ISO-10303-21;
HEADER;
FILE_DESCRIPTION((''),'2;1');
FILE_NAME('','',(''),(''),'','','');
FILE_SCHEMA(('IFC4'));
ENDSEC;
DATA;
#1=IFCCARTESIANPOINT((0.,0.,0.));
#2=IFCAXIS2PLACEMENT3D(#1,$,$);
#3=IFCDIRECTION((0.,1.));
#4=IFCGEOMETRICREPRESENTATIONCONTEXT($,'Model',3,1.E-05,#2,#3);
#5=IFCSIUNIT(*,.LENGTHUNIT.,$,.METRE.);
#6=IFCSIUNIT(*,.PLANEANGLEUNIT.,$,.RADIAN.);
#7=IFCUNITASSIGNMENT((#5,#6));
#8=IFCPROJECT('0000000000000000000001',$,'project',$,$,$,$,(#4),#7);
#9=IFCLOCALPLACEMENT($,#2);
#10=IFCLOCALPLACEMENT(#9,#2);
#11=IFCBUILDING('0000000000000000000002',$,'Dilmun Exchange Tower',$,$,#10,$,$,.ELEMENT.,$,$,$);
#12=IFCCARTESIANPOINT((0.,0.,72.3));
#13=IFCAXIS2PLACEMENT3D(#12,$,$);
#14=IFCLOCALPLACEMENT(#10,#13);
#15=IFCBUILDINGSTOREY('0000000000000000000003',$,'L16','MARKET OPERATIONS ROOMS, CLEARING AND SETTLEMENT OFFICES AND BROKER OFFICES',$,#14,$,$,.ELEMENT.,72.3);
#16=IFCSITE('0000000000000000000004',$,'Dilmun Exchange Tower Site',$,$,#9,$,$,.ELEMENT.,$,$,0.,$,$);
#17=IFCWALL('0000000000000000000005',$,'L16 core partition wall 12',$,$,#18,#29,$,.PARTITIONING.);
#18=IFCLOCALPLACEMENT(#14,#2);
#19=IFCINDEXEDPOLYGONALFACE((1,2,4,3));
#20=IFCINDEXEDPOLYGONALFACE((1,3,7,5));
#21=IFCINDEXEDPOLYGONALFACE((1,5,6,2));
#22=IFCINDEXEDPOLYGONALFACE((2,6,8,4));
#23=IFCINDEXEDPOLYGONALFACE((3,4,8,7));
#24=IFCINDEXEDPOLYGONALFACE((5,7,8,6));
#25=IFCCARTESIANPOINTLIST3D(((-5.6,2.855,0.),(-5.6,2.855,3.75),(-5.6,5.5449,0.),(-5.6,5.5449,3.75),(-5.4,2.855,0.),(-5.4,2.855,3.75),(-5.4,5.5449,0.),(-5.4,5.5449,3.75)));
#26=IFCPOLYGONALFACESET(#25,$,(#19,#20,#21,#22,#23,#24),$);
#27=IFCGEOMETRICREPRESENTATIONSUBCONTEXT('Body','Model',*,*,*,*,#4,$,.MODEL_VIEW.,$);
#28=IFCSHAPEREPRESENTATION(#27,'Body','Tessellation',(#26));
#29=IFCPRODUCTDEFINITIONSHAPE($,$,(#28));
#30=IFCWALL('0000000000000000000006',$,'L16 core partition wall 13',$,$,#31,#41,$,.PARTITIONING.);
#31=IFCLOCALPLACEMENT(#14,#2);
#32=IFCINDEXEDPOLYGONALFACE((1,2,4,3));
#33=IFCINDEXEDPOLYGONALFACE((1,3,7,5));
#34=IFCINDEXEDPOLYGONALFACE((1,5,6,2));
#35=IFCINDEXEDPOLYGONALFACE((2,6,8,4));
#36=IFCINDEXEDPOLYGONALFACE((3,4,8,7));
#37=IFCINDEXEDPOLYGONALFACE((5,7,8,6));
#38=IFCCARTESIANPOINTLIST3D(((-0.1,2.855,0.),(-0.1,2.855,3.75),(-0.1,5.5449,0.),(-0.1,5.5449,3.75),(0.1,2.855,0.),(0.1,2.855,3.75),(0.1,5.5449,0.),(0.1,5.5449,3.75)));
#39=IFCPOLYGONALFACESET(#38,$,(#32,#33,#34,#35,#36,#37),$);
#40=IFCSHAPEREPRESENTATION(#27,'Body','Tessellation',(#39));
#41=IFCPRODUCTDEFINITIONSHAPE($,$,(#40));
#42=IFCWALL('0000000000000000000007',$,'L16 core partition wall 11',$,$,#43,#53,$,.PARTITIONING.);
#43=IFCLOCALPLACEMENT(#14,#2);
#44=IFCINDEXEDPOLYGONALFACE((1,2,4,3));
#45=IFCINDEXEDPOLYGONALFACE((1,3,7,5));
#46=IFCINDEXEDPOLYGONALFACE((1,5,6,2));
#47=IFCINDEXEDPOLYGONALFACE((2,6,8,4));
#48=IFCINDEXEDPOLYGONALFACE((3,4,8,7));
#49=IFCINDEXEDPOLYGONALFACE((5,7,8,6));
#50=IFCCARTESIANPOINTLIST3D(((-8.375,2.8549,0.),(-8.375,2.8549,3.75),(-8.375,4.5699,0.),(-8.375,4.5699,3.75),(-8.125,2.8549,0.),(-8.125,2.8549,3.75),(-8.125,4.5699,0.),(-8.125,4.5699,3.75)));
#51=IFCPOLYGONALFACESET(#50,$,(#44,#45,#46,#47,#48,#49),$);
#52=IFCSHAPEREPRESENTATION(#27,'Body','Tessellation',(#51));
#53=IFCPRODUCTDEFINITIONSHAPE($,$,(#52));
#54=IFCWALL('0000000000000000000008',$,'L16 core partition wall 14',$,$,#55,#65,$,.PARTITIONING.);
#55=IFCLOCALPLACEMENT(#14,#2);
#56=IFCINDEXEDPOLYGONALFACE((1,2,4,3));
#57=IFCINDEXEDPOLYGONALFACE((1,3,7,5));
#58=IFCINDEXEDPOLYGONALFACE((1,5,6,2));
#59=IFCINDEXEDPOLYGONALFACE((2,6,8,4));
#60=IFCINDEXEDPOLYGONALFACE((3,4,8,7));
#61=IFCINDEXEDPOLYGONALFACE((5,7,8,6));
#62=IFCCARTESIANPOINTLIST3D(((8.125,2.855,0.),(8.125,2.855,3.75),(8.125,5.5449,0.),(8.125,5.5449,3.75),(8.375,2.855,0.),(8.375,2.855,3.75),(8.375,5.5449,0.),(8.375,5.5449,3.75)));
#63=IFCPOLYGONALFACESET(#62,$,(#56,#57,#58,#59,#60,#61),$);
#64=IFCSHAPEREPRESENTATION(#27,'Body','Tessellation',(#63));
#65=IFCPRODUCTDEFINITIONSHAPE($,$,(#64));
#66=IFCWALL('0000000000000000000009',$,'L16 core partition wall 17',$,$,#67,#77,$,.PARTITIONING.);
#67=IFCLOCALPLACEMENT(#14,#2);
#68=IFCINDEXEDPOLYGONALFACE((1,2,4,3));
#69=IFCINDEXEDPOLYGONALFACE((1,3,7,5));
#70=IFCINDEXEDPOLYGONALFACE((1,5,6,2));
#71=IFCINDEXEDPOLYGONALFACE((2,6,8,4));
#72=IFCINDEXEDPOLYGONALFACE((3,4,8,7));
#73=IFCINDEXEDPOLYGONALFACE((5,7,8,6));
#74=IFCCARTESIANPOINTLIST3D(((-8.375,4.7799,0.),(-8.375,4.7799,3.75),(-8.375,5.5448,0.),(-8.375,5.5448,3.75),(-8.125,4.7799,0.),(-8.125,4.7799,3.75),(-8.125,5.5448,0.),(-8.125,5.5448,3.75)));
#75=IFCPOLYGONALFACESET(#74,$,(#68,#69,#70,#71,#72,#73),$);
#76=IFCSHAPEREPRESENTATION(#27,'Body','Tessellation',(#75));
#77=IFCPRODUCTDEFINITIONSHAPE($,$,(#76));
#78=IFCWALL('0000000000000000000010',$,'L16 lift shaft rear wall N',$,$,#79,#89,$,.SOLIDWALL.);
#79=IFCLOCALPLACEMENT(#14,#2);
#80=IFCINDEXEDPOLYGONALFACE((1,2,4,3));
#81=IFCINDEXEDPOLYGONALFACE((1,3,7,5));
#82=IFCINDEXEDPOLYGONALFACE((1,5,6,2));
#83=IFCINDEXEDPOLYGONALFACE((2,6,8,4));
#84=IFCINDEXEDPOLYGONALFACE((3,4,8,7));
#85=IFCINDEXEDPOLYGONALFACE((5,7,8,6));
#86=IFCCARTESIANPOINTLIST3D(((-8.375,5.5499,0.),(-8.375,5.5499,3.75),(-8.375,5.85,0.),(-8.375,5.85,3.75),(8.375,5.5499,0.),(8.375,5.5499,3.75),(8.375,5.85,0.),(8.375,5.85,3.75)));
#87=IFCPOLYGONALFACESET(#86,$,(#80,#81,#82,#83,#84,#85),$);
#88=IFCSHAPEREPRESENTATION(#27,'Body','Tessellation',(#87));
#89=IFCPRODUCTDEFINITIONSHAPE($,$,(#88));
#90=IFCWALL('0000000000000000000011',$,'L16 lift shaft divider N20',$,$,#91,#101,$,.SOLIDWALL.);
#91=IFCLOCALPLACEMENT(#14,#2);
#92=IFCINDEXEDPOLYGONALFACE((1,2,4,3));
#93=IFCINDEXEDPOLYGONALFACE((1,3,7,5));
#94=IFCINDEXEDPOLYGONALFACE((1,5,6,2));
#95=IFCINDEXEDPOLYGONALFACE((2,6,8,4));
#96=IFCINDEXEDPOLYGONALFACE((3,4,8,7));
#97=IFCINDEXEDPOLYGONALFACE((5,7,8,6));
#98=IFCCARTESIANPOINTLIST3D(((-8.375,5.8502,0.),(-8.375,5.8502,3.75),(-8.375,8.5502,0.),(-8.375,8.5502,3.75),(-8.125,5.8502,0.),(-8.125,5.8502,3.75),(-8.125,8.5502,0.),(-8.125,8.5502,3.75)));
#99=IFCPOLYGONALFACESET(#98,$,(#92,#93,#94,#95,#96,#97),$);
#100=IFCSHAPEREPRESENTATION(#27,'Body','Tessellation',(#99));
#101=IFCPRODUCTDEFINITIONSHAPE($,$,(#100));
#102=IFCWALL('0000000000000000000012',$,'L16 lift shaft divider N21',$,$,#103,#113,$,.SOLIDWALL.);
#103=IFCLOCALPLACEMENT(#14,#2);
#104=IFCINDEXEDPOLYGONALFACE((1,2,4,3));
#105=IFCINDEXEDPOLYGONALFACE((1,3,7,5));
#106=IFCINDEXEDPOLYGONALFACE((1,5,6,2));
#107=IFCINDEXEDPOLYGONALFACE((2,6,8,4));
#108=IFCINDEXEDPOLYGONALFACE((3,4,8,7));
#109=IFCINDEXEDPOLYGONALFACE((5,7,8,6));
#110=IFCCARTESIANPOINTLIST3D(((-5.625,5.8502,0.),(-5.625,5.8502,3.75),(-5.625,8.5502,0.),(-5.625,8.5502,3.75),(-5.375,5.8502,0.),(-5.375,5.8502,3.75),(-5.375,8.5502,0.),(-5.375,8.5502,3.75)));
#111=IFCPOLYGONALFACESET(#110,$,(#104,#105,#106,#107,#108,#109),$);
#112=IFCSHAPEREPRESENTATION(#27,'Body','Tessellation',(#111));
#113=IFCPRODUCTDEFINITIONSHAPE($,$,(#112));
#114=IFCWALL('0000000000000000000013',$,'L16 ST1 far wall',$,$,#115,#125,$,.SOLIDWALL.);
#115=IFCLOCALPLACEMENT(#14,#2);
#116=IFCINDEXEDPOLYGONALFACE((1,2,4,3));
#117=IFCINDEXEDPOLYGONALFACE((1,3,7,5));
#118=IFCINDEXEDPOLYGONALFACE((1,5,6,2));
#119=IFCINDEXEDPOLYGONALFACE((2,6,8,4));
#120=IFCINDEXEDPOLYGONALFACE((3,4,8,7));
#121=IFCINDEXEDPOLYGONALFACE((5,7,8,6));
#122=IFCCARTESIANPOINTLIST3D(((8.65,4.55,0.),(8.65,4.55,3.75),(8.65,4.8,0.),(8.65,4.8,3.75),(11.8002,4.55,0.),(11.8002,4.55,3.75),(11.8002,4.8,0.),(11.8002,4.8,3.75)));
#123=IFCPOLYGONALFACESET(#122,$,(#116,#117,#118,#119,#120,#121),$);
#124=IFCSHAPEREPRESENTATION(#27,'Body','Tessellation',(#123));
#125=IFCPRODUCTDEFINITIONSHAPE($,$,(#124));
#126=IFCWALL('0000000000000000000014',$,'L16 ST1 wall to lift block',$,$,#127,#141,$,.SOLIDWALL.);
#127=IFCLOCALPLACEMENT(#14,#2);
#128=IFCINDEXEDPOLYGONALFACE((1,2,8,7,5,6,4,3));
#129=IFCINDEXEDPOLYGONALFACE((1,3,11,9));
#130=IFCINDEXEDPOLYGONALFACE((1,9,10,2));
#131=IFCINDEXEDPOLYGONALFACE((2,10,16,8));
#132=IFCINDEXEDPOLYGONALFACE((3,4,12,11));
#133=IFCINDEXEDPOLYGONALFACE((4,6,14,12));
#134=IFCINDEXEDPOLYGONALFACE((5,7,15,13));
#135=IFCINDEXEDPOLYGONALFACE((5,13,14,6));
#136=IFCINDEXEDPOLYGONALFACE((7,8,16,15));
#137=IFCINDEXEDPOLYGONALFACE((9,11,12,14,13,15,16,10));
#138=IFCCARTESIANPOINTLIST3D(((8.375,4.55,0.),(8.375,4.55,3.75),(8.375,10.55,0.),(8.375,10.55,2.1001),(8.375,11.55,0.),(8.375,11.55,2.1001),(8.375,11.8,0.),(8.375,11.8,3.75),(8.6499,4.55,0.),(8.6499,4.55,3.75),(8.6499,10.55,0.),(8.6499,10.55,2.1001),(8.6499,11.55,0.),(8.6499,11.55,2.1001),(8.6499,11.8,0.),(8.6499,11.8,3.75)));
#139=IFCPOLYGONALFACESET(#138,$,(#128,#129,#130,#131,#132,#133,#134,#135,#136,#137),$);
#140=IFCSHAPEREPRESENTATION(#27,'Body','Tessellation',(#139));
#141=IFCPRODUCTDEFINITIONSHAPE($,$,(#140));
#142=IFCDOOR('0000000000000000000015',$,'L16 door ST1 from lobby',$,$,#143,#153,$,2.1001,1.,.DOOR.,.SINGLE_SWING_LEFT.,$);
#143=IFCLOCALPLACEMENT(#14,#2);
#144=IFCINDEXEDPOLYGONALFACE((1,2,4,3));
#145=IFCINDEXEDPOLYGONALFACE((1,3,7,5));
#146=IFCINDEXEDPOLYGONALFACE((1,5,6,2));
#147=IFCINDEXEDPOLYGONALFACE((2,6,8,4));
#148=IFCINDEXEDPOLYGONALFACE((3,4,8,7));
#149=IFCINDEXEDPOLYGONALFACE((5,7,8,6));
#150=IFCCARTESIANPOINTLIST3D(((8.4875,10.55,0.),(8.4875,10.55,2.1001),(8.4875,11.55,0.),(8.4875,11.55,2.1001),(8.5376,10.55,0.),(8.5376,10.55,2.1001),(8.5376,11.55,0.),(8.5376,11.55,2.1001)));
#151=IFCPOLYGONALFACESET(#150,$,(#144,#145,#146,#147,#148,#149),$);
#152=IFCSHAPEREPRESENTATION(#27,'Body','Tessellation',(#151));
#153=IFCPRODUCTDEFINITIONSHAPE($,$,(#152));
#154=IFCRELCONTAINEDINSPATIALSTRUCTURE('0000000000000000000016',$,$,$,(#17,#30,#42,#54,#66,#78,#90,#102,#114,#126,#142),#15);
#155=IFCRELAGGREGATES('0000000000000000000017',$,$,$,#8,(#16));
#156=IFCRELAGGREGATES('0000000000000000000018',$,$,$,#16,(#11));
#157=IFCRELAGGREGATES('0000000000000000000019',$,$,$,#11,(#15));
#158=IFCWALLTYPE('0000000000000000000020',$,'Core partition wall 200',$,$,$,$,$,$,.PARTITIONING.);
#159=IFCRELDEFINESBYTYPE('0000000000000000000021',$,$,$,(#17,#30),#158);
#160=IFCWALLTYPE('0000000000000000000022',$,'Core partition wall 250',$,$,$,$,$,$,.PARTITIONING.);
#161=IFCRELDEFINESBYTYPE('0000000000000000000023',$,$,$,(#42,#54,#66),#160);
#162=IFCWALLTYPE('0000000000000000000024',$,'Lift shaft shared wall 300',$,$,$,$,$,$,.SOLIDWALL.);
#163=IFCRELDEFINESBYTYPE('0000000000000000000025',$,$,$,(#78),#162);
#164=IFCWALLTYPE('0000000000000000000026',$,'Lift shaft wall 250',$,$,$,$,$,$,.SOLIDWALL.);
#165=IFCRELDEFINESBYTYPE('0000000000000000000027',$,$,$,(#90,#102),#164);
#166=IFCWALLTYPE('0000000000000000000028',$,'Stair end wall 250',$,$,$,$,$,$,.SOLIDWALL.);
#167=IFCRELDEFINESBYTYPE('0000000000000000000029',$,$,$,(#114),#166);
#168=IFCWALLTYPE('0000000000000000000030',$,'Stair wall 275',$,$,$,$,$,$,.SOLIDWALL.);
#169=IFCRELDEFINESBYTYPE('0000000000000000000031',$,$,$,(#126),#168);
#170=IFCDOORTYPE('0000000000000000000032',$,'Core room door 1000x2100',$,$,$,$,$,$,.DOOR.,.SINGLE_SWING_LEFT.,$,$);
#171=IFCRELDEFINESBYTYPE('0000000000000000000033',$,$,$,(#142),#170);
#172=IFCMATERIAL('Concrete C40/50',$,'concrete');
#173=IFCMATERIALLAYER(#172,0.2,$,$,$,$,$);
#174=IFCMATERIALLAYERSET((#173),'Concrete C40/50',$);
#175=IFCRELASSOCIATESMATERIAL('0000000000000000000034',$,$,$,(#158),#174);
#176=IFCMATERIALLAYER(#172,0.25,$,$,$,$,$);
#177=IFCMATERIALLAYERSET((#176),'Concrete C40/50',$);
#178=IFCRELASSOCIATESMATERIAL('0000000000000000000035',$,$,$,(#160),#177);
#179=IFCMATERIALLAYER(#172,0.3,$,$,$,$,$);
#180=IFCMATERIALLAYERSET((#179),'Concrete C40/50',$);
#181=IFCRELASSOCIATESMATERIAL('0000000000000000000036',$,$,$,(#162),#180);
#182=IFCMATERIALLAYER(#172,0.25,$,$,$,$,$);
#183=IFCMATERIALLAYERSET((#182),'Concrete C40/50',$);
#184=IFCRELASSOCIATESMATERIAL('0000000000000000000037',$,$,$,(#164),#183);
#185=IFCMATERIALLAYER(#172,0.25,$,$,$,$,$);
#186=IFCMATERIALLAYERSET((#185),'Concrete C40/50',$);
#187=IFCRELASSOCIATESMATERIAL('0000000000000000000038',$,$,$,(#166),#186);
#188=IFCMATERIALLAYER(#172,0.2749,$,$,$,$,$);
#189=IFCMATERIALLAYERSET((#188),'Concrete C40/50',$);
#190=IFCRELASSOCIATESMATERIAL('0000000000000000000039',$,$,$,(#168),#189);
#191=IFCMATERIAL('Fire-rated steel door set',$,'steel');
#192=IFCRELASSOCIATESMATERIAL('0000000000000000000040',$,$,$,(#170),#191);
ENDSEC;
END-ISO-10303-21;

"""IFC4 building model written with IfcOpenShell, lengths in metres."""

from ifc_helpers import new_model, si_unit, direction, frame, frame_2d, origin, place, context, subcontext, project, spatial, rectangle, extrude, material, layer, layer_set, type_object, element, fill, save


model = new_model("IFC4")

# Units and contexts
model_context = context("Model", 3, precision=1e-05, world=origin(), true_north=direction((0.0, 1.0)))
body_context = subcontext(model_context, "Body", "Model", "MODEL_VIEW")
ifc_project = project(units=[si_unit("LENGTHUNIT", "METRE"), si_unit("PLANEANGLEUNIT", "RADIAN")], contexts=[model_context])

# Site, building, storey
site_placement = place(None, origin())
site = spatial("IfcSite", under=ifc_project, at=site_placement, Name="Dilmun Exchange Tower Site", CompositionType="ELEMENT", RefElevation=0.0)
building_placement = place(site_placement, origin())
building = spatial("IfcBuilding", under=site, at=building_placement, Name="Dilmun Exchange Tower", CompositionType="ELEMENT")
storey_placement = place(building_placement, frame((0.0, 0.0, 72.3)))
storey = spatial("IfcBuildingStorey", under=building, at=storey_placement, Name="L16", Description="MARKET OPERATIONS ROOMS, CLEARING AND SETTLEMENT OFFICES AND BROKER OFFICES", CompositionType="ELEMENT", Elevation=72.3)

# Walls
ifc_material_1 = material(Name="Concrete C40/50", Category="concrete")
ifc_layer_1 = layer(ifc_material_1, 0.2)
ifc_layer_set_1 = layer_set([ifc_layer_1], Name="Concrete C40/50")
wall_type_1 = type_object("IfcWallType", Name="Core partition wall 200", PredefinedType="PARTITIONING", material=ifc_layer_set_1)
for number, where, z_axis, x_axis, name in (
    (1, (-5.5, 2.855, 0.0), (0.0, 0.0, 1.0), (0.0, 1.0, 0.0), "L16 core partition wall 12"),
    (2, (0.0, 2.855, 0.0), (0.0, 0.0, 1.0), (0.0, 1.0, 0.0), "L16 core partition wall 13"),
):
    element("IfcWall", number, at=place(storey_placement, frame(where, z_axis=z_axis, x_axis=x_axis)), inside=storey, type_object=wall_type_1, Name=name, PredefinedType="PARTITIONING", context=body_context, shape_type="SweptSolid", body=[
        extrude(rectangle(XDim=2.6899, YDim=0.2, at=frame_2d((1.345, 0.0))), origin(), (0.0, 0.0, 1.0), 3.75),
    ])
ifc_layer_2 = layer(ifc_material_1, 0.25)
ifc_layer_set_2 = layer_set([ifc_layer_2], Name="Concrete C40/50")
wall_type_2 = type_object("IfcWallType", Name="Core partition wall 250", PredefinedType="PARTITIONING", material=ifc_layer_set_2)
wall_1_placement = place(storey_placement, frame((-8.25, 2.855, 0.0), z_axis=(0.0, 0.0, 1.0), x_axis=(0.0, 1.0, 0.0)))
element("IfcWall", 3, at=wall_1_placement, inside=storey, type_object=wall_type_2, Name="L16 core partition wall 11", PredefinedType="PARTITIONING", context=body_context, shape_type="SweptSolid", body=[
    extrude(rectangle(XDim=1.7151, YDim=0.25, at=frame_2d((0.8574, 0.0))), origin(), (0.0, 0.0, 1.0), 3.75),
])
wall_2_placement = place(storey_placement, frame((8.25, 2.855, 0.0), z_axis=(0.0, 0.0, 1.0), x_axis=(0.0, 1.0, 0.0)))
element("IfcWall", 4, at=wall_2_placement, inside=storey, type_object=wall_type_2, Name="L16 core partition wall 14", PredefinedType="PARTITIONING", context=body_context, shape_type="SweptSolid", body=[
    extrude(rectangle(XDim=2.6899, YDim=0.25, at=frame_2d((1.345, 0.0))), origin(), (0.0, 0.0, 1.0), 3.75),
])
wall_3_placement = place(storey_placement, frame((-8.25, 4.78, 0.0), z_axis=(0.0, 0.0, 1.0), x_axis=(0.0, 1.0, 0.0)))
element("IfcWall", 5, at=wall_3_placement, inside=storey, type_object=wall_type_2, Name="L16 core partition wall 17", PredefinedType="PARTITIONING", context=body_context, shape_type="SweptSolid", body=[
    extrude(rectangle(XDim=0.7649, YDim=0.25, at=frame_2d((0.3823, 0.0))), origin(), (0.0, 0.0, 1.0), 3.75),
])
ifc_layer_3 = layer(ifc_material_1, 0.3)
ifc_layer_set_3 = layer_set([ifc_layer_3], Name="Concrete C40/50")
wall_type_3 = type_object("IfcWallType", Name="Lift shaft shared wall 300", PredefinedType="SOLIDWALL", material=ifc_layer_set_3)
wall_4_placement = place(storey_placement, frame((-8.375, 5.7, 0.0), z_axis=(0.0, 0.0, 1.0), x_axis=(1.0, 0.0, 0.0)))
element("IfcWall", 6, at=wall_4_placement, inside=storey, type_object=wall_type_3, Name="L16 lift shaft rear wall N", PredefinedType="SOLIDWALL", context=body_context, shape_type="SweptSolid", body=[
    extrude(rectangle(XDim=16.75, YDim=0.3, at=frame_2d((8.375, 0.0))), origin(), (0.0, 0.0, 1.0), 3.75),
])
ifc_layer_4 = layer(ifc_material_1, 0.25)
ifc_layer_set_4 = layer_set([ifc_layer_4], Name="Concrete C40/50")
wall_type_4 = type_object("IfcWallType", Name="Lift shaft wall 250", PredefinedType="SOLIDWALL", material=ifc_layer_set_4)
for number, where, z_axis, x_axis, name in (
    (7, (-8.25, 5.8501, 0.0), (0.0, 0.0, 1.0), (0.0, 1.0, 0.0), "L16 lift shaft divider N20"),
    (8, (-5.5, 5.8501, 0.0), (0.0, 0.0, 1.0), (0.0, 1.0, 0.0), "L16 lift shaft divider N21"),
):
    element("IfcWall", number, at=place(storey_placement, frame(where, z_axis=z_axis, x_axis=x_axis)), inside=storey, type_object=wall_type_4, Name=name, PredefinedType="SOLIDWALL", context=body_context, shape_type="SweptSolid", body=[
        extrude(rectangle(XDim=2.7, YDim=0.25, at=frame_2d((1.3501, 0.0))), origin(), (0.0, 0.0, 1.0), 3.75),
    ])
ifc_layer_5 = layer(ifc_material_1, 0.25)
ifc_layer_set_5 = layer_set([ifc_layer_5], Name="Concrete C40/50")
wall_type_5 = type_object("IfcWallType", Name="Stair end wall 250", PredefinedType="SOLIDWALL", material=ifc_layer_set_5)
wall_5_placement = place(storey_placement, frame((8.6499, 4.675, 0.0), z_axis=(0.0, 0.0, 1.0), x_axis=(1.0, 0.0, 0.0)))
element("IfcWall", 9, at=wall_5_placement, inside=storey, type_object=wall_type_5, Name="L16 ST1 far wall", PredefinedType="SOLIDWALL", context=body_context, shape_type="SweptSolid", body=[
    extrude(rectangle(XDim=3.1501, YDim=0.25, at=frame_2d((1.5752, 0.0))), origin(), (0.0, 0.0, 1.0), 3.75),
])

# Wall, opening, door
ifc_layer_6 = layer(ifc_material_1, 0.2749)
ifc_layer_set_6 = layer_set([ifc_layer_6], Name="Concrete C40/50")
wall_type_6 = type_object("IfcWallType", Name="Stair wall 275", PredefinedType="SOLIDWALL", material=ifc_layer_set_6)
wall_6_placement = place(storey_placement, frame((8.5125, 4.55, 0.0), z_axis=(0.0, 0.0, 1.0), x_axis=(0.0, 1.0, 0.0)))
wall_6 = element("IfcWall", 10, at=wall_6_placement, inside=storey, type_object=wall_type_6, Name="L16 ST1 wall to lift block", PredefinedType="SOLIDWALL", context=body_context, shape_type="SweptSolid", body=[
    extrude(rectangle(XDim=7.25, YDim=0.2749, at=frame_2d((3.625, 0.0))), origin(), (0.0, 0.0, 1.0), 3.75),
])
opening_placement = place(wall_6_placement, frame((6.0, 0.0, 0.0)))
opening = element("IfcOpeningElement", 11, at=opening_placement, cuts=wall_6, PredefinedType="OPENING", context=body_context, shape_type="SweptSolid", body=[
    extrude(rectangle(XDim=1.0, YDim=2.1001, at=frame_2d((0.5, 1.05))), frame((0.0, 0.1475, 0.0), z_axis=(0.0, -1.0, 0.0), x_axis=(1.0, 0.0, 0.0)), (0.0, 0.0, 1.0), 0.2949),
])
ifc_material_2 = material(Name="Fire-rated steel door set", Category="steel")
door_type = type_object("IfcDoorType", Name="Core room door 1000x2100", OperationType="SINGLE_SWING_LEFT", PredefinedType="DOOR", material=ifc_material_2)
door_placement = place(opening_placement, origin())
door = element("IfcDoor", 12, at=door_placement, inside=storey, type_object=door_type, Name="L16 door ST1 from lobby", OperationType="SINGLE_SWING_LEFT", OverallHeight=2.1001, OverallWidth=1.0, PredefinedType="DOOR", context=body_context, shape_type="SweptSolid", body=[
    extrude(rectangle(XDim=1.0, YDim=2.1001, at=frame_2d((0.5, 1.05))), frame((0.0, 0.0249, 0.0), z_axis=(0.0, -1.0, 0.0), x_axis=(1.0, 0.0, 0.0)), (0.0, 0.0, 1.0), 0.05),
])
fill(opening, door)

save(model, "model.ifc")
